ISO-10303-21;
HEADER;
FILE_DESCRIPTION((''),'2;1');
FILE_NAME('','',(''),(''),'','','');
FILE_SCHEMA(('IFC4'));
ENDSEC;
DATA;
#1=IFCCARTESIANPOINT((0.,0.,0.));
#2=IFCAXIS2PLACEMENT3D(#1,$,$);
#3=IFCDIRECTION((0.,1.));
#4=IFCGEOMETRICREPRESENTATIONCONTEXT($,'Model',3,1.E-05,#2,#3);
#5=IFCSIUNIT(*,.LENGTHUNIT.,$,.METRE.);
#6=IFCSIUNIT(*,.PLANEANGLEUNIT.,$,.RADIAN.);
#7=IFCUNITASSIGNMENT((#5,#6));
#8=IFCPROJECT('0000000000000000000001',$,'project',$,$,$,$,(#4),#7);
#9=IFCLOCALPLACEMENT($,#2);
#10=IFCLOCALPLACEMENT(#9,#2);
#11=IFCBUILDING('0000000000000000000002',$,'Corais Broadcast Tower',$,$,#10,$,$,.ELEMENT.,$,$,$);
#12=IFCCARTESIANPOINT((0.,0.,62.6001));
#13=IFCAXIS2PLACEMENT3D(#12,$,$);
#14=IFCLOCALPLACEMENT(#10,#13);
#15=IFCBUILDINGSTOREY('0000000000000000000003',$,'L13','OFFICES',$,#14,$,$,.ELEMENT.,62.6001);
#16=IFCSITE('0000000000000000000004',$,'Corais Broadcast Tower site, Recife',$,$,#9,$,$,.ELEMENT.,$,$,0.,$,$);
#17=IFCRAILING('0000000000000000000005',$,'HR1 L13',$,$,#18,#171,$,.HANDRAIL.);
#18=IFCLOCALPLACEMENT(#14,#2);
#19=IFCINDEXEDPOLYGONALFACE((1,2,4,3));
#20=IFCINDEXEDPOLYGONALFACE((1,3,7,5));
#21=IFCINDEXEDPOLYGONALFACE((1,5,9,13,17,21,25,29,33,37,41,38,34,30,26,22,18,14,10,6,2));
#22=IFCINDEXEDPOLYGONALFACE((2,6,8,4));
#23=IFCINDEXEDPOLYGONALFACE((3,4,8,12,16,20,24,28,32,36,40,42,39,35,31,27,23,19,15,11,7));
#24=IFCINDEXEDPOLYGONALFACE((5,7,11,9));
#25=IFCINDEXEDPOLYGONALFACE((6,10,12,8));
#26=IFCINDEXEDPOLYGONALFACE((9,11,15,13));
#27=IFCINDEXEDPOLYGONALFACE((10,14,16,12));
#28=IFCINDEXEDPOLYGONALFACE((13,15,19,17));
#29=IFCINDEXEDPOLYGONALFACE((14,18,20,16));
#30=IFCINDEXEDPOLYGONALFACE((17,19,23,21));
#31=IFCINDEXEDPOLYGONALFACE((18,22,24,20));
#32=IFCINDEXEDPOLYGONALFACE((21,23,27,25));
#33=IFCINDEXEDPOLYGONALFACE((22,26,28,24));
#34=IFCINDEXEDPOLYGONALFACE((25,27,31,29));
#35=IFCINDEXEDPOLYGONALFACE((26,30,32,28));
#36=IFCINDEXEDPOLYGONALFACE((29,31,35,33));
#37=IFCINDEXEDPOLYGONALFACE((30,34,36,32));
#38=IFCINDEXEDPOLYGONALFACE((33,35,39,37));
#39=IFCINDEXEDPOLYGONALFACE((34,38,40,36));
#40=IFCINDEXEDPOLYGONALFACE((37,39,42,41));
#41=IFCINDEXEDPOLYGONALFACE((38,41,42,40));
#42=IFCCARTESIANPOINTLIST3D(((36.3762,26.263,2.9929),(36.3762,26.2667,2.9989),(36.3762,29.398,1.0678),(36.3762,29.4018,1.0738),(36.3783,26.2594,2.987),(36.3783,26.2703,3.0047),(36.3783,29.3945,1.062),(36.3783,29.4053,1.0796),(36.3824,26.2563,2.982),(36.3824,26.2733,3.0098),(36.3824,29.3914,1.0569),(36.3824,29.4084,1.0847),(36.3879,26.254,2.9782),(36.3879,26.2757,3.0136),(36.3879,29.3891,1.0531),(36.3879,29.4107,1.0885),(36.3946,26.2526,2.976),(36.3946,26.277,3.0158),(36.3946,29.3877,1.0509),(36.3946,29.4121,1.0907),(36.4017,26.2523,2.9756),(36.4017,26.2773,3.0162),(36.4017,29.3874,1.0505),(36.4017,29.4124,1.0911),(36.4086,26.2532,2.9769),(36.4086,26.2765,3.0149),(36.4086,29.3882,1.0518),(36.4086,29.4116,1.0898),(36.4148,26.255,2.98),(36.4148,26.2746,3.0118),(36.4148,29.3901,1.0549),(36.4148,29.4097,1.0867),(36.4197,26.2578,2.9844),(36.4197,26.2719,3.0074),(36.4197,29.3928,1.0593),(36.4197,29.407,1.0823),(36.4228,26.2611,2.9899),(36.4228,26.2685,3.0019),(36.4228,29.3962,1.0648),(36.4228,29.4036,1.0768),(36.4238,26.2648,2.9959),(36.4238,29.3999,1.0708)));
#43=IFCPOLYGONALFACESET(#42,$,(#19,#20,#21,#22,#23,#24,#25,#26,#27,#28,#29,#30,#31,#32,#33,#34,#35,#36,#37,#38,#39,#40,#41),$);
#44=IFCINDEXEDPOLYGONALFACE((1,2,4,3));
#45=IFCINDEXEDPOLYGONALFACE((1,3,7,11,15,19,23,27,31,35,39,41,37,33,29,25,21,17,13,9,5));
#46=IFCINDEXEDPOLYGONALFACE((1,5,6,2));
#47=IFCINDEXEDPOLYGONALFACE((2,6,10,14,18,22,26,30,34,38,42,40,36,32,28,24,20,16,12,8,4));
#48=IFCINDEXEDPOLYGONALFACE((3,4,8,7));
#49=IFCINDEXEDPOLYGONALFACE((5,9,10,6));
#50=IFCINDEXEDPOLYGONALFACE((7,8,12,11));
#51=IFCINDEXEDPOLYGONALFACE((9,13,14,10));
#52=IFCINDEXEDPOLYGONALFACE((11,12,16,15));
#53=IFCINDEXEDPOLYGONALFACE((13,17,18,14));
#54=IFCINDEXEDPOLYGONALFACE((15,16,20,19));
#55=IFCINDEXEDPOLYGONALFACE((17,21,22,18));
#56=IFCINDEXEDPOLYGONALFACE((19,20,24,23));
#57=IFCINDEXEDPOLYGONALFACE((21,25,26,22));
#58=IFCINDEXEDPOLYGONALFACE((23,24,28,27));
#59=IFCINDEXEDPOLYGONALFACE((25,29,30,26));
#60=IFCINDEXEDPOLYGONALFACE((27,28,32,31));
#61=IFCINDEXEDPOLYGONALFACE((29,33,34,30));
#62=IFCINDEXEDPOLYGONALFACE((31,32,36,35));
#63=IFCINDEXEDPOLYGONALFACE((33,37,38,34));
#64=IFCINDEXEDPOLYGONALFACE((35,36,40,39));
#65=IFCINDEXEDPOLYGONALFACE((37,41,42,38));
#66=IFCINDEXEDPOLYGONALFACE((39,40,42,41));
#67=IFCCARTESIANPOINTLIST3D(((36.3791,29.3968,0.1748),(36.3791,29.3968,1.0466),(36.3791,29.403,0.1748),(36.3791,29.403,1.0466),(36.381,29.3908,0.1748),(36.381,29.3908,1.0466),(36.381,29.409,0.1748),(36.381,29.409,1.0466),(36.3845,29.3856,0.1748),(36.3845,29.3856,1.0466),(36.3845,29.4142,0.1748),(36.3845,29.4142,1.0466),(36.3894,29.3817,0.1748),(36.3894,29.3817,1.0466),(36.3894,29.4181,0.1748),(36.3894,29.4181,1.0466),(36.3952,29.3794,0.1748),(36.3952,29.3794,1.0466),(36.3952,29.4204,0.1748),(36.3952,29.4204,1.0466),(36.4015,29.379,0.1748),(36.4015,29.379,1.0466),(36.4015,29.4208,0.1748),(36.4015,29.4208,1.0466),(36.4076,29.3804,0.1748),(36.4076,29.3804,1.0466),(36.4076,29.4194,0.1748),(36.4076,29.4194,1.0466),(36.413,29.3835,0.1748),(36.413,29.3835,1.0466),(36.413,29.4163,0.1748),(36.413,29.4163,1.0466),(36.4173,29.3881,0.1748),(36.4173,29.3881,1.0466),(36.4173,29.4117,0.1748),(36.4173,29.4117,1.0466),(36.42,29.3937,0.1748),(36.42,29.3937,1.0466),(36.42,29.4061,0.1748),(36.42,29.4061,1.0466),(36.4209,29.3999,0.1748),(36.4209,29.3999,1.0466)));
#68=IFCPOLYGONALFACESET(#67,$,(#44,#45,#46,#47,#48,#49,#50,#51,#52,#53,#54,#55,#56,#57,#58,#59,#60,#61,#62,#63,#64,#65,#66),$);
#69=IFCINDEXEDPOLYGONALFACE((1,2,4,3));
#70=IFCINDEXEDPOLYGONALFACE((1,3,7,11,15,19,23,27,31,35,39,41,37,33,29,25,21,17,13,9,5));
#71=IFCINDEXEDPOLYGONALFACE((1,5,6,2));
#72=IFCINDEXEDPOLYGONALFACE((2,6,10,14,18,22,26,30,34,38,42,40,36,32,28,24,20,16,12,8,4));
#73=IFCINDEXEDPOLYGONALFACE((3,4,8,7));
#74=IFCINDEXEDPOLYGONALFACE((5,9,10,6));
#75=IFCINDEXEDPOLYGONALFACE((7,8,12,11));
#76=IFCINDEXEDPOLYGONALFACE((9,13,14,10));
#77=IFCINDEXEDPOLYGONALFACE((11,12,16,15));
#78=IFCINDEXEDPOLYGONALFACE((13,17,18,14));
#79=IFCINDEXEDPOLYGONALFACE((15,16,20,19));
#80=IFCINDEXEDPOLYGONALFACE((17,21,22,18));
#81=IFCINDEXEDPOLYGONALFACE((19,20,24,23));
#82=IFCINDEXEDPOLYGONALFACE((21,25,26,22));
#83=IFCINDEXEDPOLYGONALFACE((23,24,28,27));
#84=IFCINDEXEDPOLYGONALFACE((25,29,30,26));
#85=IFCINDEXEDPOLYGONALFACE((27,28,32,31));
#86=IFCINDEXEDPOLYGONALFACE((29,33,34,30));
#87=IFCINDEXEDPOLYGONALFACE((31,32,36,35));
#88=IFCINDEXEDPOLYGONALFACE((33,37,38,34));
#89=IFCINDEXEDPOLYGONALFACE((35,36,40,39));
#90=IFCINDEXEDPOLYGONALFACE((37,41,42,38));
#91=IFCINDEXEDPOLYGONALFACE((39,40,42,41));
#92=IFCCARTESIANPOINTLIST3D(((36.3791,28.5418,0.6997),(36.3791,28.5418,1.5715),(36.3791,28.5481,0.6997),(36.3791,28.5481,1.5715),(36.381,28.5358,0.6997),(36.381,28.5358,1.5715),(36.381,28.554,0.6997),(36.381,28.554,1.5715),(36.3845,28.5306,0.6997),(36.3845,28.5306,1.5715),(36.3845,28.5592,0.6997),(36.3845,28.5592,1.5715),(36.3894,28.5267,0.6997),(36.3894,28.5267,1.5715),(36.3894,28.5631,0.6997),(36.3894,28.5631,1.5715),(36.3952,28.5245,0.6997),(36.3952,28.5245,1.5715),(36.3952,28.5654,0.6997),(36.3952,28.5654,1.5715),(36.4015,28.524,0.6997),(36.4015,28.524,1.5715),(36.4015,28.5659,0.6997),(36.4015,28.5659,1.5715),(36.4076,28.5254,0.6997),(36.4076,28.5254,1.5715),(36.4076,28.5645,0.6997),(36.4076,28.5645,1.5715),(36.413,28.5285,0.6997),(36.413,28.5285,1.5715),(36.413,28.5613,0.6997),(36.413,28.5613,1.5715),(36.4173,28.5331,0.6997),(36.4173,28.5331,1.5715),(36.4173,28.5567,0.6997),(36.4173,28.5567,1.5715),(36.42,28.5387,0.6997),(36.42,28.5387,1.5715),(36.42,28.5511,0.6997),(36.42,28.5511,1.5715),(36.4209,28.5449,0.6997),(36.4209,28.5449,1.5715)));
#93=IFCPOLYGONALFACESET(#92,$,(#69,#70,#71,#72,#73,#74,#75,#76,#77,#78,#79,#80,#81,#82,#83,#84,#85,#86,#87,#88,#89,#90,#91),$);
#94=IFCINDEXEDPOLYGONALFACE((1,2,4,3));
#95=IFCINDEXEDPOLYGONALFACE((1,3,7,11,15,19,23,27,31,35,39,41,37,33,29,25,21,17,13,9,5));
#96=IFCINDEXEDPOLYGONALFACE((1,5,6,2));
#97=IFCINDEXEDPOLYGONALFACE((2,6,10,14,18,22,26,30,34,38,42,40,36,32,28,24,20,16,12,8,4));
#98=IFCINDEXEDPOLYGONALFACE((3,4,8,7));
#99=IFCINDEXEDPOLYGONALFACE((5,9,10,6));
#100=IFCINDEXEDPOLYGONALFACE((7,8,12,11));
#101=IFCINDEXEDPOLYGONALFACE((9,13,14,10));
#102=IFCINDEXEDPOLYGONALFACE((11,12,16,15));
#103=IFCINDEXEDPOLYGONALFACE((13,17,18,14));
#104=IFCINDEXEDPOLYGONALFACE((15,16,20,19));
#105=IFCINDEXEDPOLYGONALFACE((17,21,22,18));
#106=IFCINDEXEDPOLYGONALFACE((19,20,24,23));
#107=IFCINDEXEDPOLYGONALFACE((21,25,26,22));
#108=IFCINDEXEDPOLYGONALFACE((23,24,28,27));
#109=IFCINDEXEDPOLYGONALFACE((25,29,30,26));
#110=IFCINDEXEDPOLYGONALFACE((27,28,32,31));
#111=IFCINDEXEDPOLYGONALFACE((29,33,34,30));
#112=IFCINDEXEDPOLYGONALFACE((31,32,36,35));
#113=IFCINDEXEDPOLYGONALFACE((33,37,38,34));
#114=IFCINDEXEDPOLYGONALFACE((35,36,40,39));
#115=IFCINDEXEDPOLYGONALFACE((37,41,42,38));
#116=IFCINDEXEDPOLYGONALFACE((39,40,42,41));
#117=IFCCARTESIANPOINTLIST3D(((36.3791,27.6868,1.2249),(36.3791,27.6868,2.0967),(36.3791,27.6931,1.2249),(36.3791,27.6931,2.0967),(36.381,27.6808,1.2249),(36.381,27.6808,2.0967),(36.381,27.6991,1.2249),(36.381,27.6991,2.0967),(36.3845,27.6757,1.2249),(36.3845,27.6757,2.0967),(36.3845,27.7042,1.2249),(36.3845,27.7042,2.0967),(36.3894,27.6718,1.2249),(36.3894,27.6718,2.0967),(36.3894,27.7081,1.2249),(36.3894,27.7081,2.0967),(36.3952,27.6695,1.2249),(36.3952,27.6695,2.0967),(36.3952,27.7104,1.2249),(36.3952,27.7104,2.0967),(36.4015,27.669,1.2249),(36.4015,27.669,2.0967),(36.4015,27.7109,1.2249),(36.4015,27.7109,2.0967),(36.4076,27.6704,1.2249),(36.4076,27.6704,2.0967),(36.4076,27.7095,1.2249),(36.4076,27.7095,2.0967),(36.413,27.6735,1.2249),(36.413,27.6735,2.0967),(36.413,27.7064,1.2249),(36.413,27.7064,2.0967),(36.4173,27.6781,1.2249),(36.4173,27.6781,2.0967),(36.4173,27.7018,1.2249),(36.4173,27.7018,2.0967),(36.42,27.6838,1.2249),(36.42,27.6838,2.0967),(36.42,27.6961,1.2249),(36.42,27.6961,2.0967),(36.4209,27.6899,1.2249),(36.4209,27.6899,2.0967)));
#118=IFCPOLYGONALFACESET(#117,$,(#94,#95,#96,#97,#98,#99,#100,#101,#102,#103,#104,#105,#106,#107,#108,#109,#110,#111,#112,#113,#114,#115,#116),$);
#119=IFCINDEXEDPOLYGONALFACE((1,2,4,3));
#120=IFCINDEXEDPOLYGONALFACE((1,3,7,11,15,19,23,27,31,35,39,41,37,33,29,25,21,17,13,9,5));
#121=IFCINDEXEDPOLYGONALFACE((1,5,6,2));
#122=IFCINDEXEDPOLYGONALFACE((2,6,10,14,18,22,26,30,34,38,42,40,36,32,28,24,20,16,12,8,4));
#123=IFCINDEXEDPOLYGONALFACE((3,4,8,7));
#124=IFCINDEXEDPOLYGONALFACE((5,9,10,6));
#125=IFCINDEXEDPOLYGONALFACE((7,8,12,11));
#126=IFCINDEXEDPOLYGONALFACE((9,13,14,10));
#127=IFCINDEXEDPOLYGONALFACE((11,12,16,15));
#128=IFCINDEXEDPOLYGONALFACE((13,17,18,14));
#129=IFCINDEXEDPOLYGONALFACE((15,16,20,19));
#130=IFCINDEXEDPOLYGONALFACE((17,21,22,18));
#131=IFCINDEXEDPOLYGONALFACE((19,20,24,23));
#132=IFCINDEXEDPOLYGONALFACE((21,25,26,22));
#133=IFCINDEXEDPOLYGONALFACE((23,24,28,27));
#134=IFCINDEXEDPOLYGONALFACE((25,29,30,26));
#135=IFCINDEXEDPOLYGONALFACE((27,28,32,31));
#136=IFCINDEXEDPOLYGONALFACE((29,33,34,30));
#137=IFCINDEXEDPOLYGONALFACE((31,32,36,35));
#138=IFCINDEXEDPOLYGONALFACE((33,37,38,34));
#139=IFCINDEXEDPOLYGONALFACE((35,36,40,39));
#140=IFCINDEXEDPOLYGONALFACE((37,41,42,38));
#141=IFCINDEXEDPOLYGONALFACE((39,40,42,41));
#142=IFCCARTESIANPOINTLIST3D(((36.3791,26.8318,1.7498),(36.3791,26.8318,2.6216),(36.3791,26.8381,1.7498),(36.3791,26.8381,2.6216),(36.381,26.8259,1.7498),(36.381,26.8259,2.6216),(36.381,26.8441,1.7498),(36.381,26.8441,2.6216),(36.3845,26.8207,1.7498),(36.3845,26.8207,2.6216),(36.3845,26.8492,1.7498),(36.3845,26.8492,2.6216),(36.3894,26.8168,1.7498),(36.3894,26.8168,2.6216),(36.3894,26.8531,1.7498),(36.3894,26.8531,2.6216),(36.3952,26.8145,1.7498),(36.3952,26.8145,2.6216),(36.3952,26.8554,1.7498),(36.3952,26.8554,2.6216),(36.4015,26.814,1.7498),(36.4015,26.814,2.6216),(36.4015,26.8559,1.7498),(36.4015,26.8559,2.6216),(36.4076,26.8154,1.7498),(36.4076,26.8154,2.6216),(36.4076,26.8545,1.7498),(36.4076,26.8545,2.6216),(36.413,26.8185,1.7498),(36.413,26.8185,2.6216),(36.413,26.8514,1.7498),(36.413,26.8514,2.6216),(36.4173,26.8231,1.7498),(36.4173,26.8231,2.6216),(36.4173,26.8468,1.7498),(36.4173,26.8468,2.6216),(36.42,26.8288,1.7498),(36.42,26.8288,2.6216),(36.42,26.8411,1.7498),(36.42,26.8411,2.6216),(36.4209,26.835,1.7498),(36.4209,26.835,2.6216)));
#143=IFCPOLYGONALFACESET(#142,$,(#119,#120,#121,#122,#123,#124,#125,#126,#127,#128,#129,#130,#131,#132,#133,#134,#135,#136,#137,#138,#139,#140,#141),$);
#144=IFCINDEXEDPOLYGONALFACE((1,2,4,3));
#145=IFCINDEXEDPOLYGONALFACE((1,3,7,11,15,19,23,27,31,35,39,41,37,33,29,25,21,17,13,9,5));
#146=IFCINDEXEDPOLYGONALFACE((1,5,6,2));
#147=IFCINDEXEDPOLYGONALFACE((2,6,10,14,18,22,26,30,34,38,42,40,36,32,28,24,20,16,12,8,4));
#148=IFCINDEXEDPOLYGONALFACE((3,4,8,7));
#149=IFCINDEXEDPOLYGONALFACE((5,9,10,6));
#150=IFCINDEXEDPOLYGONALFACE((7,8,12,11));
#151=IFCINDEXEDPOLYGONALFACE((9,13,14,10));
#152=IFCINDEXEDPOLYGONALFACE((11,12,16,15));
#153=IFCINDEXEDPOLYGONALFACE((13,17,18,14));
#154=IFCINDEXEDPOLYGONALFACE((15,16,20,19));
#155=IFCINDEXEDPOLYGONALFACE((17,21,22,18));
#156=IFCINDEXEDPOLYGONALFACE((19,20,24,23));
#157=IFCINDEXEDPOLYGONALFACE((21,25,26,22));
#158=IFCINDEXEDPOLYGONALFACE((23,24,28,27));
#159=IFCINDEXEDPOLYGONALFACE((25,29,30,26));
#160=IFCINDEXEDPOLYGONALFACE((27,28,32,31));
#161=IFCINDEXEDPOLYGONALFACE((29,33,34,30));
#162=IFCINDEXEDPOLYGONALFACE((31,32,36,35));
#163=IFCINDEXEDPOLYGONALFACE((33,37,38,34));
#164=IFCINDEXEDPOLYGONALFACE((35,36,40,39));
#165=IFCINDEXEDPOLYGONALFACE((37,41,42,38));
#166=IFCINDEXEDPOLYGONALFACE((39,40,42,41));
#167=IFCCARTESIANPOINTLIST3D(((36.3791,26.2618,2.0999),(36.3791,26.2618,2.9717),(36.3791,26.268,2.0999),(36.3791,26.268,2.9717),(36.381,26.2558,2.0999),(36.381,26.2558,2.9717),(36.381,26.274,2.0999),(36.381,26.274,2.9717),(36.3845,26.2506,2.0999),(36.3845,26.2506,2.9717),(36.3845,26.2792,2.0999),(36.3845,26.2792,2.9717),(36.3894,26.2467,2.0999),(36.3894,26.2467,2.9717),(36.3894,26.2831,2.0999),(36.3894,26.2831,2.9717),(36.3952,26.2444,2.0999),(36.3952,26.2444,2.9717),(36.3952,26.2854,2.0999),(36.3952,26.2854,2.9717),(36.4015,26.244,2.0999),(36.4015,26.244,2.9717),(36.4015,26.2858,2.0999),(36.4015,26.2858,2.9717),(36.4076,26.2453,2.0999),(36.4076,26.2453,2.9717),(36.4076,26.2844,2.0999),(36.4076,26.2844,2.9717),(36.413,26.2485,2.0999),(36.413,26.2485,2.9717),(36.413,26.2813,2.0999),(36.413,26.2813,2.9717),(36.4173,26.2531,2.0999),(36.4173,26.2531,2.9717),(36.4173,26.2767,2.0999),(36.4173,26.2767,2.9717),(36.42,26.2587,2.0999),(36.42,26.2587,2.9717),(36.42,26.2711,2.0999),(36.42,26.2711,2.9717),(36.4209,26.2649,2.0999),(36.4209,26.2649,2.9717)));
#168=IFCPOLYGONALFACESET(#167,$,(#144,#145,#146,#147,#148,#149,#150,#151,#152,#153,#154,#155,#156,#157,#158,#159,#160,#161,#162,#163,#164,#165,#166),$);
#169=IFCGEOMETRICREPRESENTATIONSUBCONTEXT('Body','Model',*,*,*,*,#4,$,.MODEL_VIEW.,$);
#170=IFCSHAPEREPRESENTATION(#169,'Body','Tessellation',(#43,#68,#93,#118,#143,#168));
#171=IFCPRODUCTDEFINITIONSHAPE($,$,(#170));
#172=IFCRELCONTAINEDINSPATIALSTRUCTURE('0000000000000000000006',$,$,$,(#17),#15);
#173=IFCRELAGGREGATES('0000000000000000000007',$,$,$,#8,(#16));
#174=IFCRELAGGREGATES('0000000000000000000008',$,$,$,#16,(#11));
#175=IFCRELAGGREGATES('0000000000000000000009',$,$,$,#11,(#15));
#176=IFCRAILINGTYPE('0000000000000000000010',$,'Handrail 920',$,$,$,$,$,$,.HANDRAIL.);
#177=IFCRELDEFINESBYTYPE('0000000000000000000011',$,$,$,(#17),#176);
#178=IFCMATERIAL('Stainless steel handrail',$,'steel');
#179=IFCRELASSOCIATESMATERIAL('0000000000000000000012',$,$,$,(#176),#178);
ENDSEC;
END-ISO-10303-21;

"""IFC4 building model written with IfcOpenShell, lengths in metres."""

from ifc_helpers import new_model, si_unit, direction, frame, origin, origin_2d, place, context, subcontext, project, spatial, circle, extrude, material, type_object, element, save


model = new_model("IFC4")

# Units and contexts
model_context = context("Model", 3, precision=1e-05, world=origin(), true_north=direction((0.0, 1.0)))
body_context = subcontext(model_context, "Body", "Model", "MODEL_VIEW")
ifc_project = project(units=[si_unit("LENGTHUNIT", "METRE"), si_unit("PLANEANGLEUNIT", "RADIAN")], contexts=[model_context])

# Site, building, storey
site_placement = place(None, origin())
site = spatial("IfcSite", under=ifc_project, at=site_placement, Name="Corais Broadcast Tower site, Recife", CompositionType="ELEMENT", RefElevation=0.0)
building_placement = place(site_placement, origin())
building = spatial("IfcBuilding", under=site, at=building_placement, Name="Corais Broadcast Tower", CompositionType="ELEMENT")
storey_placement = place(building_placement, frame((0.0, 0.0, 62.6001)))
storey = spatial("IfcBuildingStorey", under=building, at=storey_placement, Name="L13", Description="OFFICES", CompositionType="ELEMENT", Elevation=62.6001)

# Railing
ifc_material_1 = material(Name="Stainless steel handrail", Category="steel")
railing_type = type_object("IfcRailingType", Name="Handrail 920", PredefinedType="HANDRAIL", material=ifc_material_1)
for number, where, name in (
    (1, (36.3999, 29.3999, 0.1748), "HR1 L13"),
):
    element("IfcRailing", number, at=place(storey_placement, frame(where)), inside=storey, type_object=railing_type, Name=name, PredefinedType="HANDRAIL", context=body_context, shape_type="SweptSolid", body=[
        extrude(circle(Radius=0.0239, at=origin_2d()), frame((0.0, 0.0, 0.896), z_axis=(0.0, -0.852166, 0.523271), x_axis=(1.0, 0.0, 0.0)), (0.0, 0.0, 1.0), 3.679),
        extrude(circle(Radius=0.021, at=origin_2d()), origin(), (0.0, 0.0, 1.0), 0.8718),
        extrude(circle(Radius=0.021, at=origin_2d()), frame((0.0, -0.855, 0.5249)), (0.0, 0.0, 1.0), 0.8718),
        extrude(circle(Radius=0.021, at=origin_2d()), frame((0.0, -1.71, 1.05)), (0.0, 0.0, 1.0), 0.8718),
        extrude(circle(Radius=0.021, at=origin_2d()), frame((0.0, -2.5649, 1.575)), (0.0, 0.0, 1.0), 0.8718),
        extrude(circle(Radius=0.021, at=origin_2d()), frame((0.0, -3.135, 1.925)), (0.0, 0.0, 1.0), 0.8718),
    ])

save(model, "model.ifc")
